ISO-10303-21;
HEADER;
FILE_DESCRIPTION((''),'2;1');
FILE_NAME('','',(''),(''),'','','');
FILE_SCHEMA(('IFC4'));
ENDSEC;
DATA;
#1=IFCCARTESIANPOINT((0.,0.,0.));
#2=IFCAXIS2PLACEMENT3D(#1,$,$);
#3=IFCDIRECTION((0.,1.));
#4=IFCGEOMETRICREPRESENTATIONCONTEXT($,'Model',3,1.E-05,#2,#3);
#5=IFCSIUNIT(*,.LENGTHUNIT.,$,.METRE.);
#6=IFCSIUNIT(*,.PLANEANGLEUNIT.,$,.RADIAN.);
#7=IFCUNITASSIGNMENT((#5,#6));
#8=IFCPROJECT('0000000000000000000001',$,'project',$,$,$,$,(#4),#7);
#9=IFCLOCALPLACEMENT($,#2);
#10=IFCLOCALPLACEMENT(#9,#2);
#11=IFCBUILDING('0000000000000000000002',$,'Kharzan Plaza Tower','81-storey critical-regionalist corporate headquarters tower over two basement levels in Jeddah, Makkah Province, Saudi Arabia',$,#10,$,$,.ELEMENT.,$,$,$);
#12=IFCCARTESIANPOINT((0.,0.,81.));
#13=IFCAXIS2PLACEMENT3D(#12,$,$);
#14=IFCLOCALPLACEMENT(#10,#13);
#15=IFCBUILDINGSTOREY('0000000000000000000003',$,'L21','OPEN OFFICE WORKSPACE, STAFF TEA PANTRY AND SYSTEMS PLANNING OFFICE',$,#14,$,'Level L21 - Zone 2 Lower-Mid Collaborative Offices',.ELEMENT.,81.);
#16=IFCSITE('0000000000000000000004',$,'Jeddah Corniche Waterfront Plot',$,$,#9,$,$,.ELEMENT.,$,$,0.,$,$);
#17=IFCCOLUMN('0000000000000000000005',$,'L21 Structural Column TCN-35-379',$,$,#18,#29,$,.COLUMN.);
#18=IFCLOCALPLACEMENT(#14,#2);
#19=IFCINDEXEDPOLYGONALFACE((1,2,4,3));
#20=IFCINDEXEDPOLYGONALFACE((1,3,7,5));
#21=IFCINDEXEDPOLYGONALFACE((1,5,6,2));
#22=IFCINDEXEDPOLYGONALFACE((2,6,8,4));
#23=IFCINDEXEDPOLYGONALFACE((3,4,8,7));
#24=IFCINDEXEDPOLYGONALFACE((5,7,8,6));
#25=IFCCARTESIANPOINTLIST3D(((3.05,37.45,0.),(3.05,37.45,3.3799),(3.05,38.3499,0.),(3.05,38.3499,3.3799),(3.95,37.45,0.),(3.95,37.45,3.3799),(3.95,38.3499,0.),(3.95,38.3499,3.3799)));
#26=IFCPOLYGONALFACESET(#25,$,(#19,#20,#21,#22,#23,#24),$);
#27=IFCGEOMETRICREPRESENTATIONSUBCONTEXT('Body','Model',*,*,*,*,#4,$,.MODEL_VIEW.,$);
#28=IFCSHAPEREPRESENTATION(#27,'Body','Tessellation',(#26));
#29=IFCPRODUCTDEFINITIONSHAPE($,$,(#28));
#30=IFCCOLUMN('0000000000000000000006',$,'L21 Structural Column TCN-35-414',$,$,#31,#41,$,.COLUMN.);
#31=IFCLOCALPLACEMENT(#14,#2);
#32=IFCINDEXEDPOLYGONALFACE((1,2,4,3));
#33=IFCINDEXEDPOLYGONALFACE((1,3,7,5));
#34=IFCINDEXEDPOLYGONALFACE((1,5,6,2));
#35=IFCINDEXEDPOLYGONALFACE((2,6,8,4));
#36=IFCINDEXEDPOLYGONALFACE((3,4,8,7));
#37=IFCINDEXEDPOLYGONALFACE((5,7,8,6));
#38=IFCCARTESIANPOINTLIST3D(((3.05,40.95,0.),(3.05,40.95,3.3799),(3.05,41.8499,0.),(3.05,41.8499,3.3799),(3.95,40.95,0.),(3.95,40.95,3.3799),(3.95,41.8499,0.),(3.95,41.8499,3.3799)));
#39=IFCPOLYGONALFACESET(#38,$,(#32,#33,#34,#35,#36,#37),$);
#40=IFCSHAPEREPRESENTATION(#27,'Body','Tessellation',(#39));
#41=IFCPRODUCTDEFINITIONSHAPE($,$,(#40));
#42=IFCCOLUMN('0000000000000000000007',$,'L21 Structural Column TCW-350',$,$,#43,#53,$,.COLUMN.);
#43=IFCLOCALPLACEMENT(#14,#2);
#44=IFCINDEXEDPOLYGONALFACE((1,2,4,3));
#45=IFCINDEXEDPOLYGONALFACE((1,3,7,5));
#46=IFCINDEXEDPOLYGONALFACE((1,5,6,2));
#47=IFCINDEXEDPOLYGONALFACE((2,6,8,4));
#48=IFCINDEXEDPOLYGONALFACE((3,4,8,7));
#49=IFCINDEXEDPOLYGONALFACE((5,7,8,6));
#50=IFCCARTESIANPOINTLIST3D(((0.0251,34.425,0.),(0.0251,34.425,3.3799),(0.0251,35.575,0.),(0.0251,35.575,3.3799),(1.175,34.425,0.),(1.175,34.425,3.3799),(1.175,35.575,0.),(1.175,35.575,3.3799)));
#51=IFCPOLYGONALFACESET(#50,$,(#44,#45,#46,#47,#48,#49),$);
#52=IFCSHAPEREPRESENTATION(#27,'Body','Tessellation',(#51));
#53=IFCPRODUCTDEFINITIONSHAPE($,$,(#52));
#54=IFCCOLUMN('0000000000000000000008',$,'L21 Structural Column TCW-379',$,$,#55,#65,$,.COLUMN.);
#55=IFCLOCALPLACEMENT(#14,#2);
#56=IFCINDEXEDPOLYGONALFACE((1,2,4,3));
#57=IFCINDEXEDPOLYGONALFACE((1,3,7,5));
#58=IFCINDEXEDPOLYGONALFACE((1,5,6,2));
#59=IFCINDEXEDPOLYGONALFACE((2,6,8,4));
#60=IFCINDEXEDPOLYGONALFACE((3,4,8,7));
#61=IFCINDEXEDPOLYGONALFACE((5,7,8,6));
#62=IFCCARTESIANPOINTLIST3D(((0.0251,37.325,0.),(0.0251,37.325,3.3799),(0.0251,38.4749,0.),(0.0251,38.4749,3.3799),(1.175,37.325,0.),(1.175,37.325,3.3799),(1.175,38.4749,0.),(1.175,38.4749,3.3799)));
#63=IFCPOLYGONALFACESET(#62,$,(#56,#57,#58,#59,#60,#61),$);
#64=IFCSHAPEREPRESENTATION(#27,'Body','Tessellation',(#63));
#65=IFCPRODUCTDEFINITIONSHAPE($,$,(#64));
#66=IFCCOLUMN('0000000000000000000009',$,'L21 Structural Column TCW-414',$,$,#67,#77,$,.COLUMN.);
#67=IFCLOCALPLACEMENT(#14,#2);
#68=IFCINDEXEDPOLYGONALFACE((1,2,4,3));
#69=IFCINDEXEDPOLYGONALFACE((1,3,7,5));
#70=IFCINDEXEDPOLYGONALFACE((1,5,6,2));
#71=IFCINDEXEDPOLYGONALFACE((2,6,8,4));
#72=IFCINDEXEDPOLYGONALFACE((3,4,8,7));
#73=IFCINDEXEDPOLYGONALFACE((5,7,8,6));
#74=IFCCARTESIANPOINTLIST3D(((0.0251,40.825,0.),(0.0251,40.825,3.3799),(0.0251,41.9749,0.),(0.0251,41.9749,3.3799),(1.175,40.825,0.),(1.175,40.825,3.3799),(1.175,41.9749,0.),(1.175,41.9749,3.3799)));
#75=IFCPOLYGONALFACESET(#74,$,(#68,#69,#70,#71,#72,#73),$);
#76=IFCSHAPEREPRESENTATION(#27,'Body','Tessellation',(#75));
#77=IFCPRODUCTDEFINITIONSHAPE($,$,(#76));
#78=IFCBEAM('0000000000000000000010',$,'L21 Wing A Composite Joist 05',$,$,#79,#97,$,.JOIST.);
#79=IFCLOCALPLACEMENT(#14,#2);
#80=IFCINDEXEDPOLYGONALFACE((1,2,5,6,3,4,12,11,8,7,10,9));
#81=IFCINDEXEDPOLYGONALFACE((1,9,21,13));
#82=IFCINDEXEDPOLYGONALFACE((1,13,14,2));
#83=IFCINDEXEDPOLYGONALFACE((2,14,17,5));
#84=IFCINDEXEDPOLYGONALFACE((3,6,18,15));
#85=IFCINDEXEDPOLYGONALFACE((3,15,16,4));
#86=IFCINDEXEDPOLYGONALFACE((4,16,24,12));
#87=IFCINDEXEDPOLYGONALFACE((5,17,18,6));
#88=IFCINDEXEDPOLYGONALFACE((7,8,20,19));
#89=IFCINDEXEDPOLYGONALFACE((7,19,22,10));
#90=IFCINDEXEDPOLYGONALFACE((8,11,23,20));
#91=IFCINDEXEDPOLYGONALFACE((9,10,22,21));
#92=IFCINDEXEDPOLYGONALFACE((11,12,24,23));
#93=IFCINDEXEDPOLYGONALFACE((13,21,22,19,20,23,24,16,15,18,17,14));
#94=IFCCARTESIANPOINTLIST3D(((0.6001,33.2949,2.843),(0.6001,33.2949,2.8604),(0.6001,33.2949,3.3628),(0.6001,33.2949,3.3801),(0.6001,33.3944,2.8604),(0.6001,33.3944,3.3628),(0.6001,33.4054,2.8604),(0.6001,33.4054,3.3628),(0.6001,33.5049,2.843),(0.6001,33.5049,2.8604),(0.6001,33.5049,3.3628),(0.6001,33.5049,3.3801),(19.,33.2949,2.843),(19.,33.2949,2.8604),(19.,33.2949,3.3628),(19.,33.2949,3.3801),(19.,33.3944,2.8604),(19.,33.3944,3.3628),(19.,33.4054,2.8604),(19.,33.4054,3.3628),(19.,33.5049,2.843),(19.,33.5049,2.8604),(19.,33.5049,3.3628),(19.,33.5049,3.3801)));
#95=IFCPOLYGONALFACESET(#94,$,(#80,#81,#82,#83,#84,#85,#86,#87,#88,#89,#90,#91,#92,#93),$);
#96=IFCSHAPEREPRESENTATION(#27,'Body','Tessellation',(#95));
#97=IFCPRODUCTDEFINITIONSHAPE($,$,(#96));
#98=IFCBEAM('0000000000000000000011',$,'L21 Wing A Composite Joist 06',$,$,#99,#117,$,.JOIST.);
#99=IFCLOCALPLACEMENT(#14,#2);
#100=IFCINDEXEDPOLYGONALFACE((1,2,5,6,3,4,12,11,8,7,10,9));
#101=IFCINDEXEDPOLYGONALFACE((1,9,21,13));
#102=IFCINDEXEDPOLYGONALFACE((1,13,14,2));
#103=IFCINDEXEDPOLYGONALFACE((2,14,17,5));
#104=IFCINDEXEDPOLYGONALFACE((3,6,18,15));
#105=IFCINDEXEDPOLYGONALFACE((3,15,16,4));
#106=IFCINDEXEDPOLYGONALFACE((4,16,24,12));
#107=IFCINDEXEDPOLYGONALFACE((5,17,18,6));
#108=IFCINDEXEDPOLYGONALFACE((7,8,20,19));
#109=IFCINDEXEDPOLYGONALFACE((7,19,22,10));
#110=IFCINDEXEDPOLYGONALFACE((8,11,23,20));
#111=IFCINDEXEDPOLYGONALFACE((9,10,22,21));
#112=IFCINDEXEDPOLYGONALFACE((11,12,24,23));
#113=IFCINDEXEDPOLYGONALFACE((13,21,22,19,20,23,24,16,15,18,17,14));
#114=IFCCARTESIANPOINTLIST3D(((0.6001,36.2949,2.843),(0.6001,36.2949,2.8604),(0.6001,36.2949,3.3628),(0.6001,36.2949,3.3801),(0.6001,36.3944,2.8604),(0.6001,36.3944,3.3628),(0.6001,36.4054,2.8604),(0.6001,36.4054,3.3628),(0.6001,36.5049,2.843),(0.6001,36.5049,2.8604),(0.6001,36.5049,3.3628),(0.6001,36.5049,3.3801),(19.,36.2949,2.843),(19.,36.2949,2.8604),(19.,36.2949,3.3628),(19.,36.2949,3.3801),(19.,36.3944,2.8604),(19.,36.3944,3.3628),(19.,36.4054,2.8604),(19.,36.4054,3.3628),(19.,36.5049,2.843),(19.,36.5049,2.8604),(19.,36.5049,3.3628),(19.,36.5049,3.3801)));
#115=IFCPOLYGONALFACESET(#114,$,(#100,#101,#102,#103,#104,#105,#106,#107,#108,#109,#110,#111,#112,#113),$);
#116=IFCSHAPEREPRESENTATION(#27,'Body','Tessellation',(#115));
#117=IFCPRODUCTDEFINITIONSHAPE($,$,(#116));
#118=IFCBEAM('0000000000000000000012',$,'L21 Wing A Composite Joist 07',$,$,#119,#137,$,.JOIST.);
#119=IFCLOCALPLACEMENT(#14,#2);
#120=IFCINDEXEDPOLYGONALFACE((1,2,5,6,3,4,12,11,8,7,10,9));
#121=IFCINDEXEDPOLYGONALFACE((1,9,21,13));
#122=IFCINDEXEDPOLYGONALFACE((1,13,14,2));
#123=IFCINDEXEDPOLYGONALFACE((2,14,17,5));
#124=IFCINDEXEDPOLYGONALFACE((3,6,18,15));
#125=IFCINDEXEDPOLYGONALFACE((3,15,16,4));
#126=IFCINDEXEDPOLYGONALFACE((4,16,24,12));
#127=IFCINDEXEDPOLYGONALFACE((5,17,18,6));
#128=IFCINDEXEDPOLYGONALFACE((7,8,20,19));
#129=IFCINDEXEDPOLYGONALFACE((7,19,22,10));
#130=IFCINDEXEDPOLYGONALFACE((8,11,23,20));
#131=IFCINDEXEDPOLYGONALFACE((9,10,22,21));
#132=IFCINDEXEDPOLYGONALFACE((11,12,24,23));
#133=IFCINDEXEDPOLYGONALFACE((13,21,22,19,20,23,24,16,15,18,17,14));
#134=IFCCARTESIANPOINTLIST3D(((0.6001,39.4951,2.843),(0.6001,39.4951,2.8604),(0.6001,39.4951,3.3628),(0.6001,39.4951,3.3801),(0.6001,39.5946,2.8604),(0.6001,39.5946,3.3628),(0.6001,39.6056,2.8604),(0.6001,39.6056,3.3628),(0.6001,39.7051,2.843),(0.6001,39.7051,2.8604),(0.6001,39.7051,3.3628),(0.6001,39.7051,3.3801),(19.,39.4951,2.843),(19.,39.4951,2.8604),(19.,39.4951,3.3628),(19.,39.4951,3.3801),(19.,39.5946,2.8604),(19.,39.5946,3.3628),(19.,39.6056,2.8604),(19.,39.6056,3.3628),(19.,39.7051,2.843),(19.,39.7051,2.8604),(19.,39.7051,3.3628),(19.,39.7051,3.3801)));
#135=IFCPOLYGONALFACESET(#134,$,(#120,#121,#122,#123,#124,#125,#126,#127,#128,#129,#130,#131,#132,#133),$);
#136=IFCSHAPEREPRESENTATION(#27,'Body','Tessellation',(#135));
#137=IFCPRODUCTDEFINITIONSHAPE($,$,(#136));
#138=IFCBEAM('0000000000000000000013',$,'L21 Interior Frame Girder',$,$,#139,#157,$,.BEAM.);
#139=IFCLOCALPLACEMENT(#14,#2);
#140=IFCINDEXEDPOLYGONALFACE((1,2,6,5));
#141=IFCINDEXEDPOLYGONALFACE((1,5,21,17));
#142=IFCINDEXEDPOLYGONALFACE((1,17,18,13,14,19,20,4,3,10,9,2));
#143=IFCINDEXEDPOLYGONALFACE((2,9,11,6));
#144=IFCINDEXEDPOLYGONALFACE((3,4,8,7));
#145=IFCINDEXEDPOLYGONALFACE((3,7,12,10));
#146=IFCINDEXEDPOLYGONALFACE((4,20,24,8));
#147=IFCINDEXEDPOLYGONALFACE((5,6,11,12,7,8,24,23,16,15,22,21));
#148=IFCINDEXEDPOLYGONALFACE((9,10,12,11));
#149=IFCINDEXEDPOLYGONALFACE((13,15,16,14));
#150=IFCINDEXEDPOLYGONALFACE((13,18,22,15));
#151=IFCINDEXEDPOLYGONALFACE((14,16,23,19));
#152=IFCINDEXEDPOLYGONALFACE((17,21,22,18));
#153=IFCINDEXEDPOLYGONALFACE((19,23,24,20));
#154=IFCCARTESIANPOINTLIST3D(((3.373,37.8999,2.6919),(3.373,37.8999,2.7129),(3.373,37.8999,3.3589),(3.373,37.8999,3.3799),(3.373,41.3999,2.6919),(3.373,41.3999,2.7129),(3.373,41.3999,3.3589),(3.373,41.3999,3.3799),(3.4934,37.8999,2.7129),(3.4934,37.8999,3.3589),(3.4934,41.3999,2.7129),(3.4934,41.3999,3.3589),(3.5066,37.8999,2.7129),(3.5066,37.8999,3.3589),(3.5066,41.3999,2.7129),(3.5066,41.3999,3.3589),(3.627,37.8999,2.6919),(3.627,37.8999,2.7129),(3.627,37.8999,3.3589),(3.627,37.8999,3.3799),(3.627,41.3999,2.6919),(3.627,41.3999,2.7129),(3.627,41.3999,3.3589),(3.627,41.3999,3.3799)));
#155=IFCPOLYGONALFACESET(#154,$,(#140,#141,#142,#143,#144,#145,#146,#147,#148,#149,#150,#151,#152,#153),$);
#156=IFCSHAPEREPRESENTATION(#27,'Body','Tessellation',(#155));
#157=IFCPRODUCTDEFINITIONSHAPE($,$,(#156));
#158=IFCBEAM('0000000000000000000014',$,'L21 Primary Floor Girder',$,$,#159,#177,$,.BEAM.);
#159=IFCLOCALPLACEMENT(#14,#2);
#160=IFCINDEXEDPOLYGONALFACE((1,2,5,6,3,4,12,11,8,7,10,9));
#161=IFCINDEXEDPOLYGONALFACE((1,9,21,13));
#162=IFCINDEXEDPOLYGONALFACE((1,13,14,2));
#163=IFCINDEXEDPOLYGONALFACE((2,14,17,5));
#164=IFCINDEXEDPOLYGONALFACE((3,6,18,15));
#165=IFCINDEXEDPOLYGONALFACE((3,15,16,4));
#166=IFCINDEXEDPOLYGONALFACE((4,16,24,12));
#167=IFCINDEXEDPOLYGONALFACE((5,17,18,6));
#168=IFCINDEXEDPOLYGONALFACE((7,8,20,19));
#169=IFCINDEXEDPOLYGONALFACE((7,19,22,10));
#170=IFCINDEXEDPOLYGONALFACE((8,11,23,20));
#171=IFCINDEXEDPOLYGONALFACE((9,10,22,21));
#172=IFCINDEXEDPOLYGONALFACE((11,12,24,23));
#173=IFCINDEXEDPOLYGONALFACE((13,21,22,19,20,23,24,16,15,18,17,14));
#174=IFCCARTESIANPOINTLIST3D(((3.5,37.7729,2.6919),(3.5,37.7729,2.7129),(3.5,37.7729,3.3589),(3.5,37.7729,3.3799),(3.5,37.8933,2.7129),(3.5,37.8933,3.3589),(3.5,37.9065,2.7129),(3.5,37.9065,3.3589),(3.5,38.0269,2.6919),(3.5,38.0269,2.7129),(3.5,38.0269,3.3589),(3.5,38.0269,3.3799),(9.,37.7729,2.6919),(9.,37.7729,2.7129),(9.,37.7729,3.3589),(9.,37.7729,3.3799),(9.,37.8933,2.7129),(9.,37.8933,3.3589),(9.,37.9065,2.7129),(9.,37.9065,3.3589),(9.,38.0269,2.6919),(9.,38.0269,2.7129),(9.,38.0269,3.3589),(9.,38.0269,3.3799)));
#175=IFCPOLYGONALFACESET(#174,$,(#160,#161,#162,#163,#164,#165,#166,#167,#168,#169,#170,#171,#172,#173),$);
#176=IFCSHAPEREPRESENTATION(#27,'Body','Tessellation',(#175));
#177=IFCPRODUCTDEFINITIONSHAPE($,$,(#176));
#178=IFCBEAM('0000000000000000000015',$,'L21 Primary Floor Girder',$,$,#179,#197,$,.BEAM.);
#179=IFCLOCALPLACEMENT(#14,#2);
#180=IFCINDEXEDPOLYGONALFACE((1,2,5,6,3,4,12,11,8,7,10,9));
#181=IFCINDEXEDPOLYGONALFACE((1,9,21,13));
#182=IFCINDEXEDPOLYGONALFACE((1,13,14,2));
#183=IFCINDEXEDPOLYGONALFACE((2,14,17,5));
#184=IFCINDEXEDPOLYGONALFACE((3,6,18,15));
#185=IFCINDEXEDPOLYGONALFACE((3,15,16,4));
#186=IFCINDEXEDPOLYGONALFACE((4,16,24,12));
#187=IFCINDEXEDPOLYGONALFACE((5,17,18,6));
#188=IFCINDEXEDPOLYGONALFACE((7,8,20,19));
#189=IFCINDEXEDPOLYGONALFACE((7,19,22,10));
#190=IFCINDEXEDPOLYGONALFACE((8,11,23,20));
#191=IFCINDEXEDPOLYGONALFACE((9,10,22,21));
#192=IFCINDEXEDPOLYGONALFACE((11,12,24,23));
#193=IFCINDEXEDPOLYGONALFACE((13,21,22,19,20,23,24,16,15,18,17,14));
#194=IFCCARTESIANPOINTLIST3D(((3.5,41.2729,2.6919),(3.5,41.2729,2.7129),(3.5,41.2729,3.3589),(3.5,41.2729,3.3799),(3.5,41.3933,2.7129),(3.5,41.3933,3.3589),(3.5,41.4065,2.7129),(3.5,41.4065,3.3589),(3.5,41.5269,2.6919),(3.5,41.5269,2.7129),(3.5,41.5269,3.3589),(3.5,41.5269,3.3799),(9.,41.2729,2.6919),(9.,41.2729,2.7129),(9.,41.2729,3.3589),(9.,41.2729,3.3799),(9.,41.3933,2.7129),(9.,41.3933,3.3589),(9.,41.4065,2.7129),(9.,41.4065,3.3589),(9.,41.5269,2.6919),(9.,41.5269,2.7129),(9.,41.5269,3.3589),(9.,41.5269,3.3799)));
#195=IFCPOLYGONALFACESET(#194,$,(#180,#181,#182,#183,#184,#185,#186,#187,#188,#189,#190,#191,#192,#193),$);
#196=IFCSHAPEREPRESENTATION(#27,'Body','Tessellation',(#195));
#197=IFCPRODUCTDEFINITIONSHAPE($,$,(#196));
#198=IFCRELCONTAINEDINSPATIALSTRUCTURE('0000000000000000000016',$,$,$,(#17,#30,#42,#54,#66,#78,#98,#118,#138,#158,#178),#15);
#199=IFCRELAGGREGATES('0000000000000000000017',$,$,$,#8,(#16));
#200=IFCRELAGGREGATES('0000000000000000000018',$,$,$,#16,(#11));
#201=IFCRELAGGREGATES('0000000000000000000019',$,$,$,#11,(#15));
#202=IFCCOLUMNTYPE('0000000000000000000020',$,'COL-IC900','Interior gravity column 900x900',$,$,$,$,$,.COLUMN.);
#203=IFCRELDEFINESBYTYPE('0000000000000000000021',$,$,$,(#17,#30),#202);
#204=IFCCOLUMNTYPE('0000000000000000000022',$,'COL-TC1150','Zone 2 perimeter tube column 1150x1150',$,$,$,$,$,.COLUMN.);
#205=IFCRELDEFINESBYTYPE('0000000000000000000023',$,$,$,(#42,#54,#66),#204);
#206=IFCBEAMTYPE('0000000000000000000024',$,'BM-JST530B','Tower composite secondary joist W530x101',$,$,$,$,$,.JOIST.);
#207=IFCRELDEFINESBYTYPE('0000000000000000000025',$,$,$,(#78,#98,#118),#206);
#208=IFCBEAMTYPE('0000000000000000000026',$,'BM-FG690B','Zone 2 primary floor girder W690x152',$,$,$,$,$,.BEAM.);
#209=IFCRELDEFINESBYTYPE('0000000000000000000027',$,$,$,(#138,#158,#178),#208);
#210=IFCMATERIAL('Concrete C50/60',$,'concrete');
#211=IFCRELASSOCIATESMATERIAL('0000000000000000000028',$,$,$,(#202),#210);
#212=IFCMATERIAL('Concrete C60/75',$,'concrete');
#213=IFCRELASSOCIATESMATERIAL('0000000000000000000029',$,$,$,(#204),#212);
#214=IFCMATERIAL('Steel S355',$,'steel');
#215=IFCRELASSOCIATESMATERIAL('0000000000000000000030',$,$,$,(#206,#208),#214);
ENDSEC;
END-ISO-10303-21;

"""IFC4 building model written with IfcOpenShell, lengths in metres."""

from ifc_helpers import new_model, si_unit, direction, frame, origin, origin_2d, place, context, subcontext, project, spatial, rectangle, i_section, extrude, source, transform, mapped, material, material_profile, profile_set, type_object, element, save


model = new_model("IFC4")

# Units and contexts
model_context = context("Model", 3, precision=1e-05, world=origin(), true_north=direction((0.0, 1.0)))
body_context = subcontext(model_context, "Body", "Model", "MODEL_VIEW")
ifc_project = project(units=[si_unit("LENGTHUNIT", "METRE"), si_unit("PLANEANGLEUNIT", "RADIAN")], contexts=[model_context])

# Site, building, storey
site_placement = place(None, origin())
site = spatial("IfcSite", under=ifc_project, at=site_placement, Name="Jeddah Corniche Waterfront Plot", CompositionType="ELEMENT", RefElevation=0.0)
building_placement = place(site_placement, origin())
building = spatial("IfcBuilding", under=site, at=building_placement, Name="Kharzan Plaza Tower", Description="81-storey critical-regionalist corporate headquarters tower over two basement levels in Jeddah, Makkah Province, Saudi Arabia", CompositionType="ELEMENT")
storey_placement = place(building_placement, frame((0.0, 0.0, 81.0)))
storey = spatial("IfcBuildingStorey", under=building, at=storey_placement, Name="L21", Description="OPEN OFFICE WORKSPACE, STAFF TEA PANTRY AND SYSTEMS PLANNING OFFICE", LongName="Level L21 - Zone 2 Lower-Mid Collaborative Offices", CompositionType="ELEMENT", Elevation=81.0)

# Columns
ifc_material_1 = material(Name="Concrete C50/60", Category="concrete")
ifc_material_profile_1 = material_profile(ifc_material_1, rectangle(XDim=0.8999, YDim=0.8999, at=origin_2d()), Name="RC-IC900x900")
ifc_profile_set_1 = profile_set([ifc_material_profile_1], Name="Concrete C50/60")
column_type_1 = type_object("IfcColumnType", Name="COL-IC900", Description="Interior gravity column 900x900", PredefinedType="COLUMN", material=ifc_profile_set_1)
shared_shape_1 = source(origin(), body_context, "Body", "SweptSolid", [
    extrude(rectangle(XDim=0.8999, YDim=0.8999, at=origin_2d()), origin(), (0.0, 0.0, 1.0), 3.3799),
])
for number, where, z_axis, x_axis, name in (
    (1, (3.5, 37.8999, 0.0), (0.0, 0.0, 1.0), (1.0, 0.0, 0.0), "L21 Structural Column TCN-35-379"),
    (2, (3.5, 41.3999, 0.0), (0.0, 0.0, 1.0), (1.0, 0.0, 0.0), "L21 Structural Column TCN-35-414"),
):
    element("IfcColumn", number, at=place(storey_placement, frame(where, z_axis=z_axis, x_axis=x_axis)), inside=storey, type_object=column_type_1, Name=name, PredefinedType="COLUMN", context=body_context, shape_type="MappedRepresentation", body=[
        mapped(shared_shape_1, transform((0.0, 0.0, 0.0), x_axis=(1.0, 0.0, 0.0), y_axis=(0.0, 1.0, 0.0), z_axis=(0.0, 0.0, 1.0))),
    ])
ifc_material_2 = material(Name="Concrete C60/75", Category="concrete")
ifc_material_profile_2 = material_profile(ifc_material_2, rectangle(XDim=1.1499, YDim=1.1499, at=origin_2d()), Name="RC-TC1150x1150")
ifc_profile_set_2 = profile_set([ifc_material_profile_2], Name="Concrete C60/75")
column_type_2 = type_object("IfcColumnType", Name="COL-TC1150", Description="Zone 2 perimeter tube column 1150x1150", PredefinedType="COLUMN", material=ifc_profile_set_2)
shared_shape_2 = source(origin(), body_context, "Body", "SweptSolid", [
    extrude(rectangle(XDim=1.1499, YDim=1.1499, at=origin_2d()), origin(), (0.0, 0.0, 1.0), 3.3799),
])
for number, where, z_axis, x_axis, name in (
    (3, (0.6001, 35.0, 0.0), (0.0, 0.0, 1.0), (1.0, 0.0, 0.0), "L21 Structural Column TCW-350"),
    (4, (0.6001, 37.8999, 0.0), (0.0, 0.0, 1.0), (1.0, 0.0, 0.0), "L21 Structural Column TCW-379"),
    (5, (0.6001, 41.3999, 0.0), (0.0, 0.0, 1.0), (1.0, 0.0, 0.0), "L21 Structural Column TCW-414"),
):
    element("IfcColumn", number, at=place(storey_placement, frame(where, z_axis=z_axis, x_axis=x_axis)), inside=storey, type_object=column_type_2, Name=name, PredefinedType="COLUMN", context=body_context, shape_type="MappedRepresentation", body=[
        mapped(shared_shape_2, transform((0.0, 0.0, 0.0), x_axis=(1.0, 0.0, 0.0), y_axis=(0.0, 1.0, 0.0), z_axis=(0.0, 0.0, 1.0))),
    ])

# Beams
ifc_material_3 = material(Name="Steel S355", Category="steel")
ifc_material_profile_3 = material_profile(ifc_material_3, i_section(OverallWidth=0.21, OverallDepth=0.5371, WebThickness=0.011, FlangeThickness=0.0173, at=origin_2d()), Name="W530x101")
ifc_profile_set_3 = profile_set([ifc_material_profile_3], Name="Steel S355")
beam_type_1 = type_object("IfcBeamType", Name="BM-JST530B", Description="Tower composite secondary joist W530x101", PredefinedType="JOIST", material=ifc_profile_set_3)
shared_shape_3 = source(origin(), body_context, "Body", "SweptSolid", [
    extrude(i_section(OverallWidth=0.21, OverallDepth=0.5371, WebThickness=0.011, FlangeThickness=0.0173, at=origin_2d()), origin(), (0.0, 0.0, 1.0), 18.3999),
])
for number, where, z_axis, x_axis, name in (
    (6, (0.6001, 33.3999, 3.1116), (1.0, 0.0, 0.0), (0.0, 1.0, 0.0), "L21 Wing A Composite Joist 05"),
    (7, (0.6001, 36.3999, 3.1116), (1.0, 0.0, 0.0), (0.0, 1.0, 0.0), "L21 Wing A Composite Joist 06"),
    (8, (0.6001, 39.6001, 3.1116), (1.0, 0.0, 0.0), (0.0, 1.0, 0.0), "L21 Wing A Composite Joist 07"),
):
    element("IfcBeam", number, at=place(storey_placement, frame(where, z_axis=z_axis, x_axis=x_axis)), inside=storey, type_object=beam_type_1, Name=name, PredefinedType="JOIST", context=body_context, shape_type="MappedRepresentation", body=[
        mapped(shared_shape_3, transform((0.0, 0.0, 0.0), x_axis=(1.0, 0.0, 0.0), y_axis=(0.0, 1.0, 0.0), z_axis=(0.0, 0.0, 1.0))),
    ])
ifc_material_profile_4 = material_profile(ifc_material_3, i_section(OverallWidth=0.2539, OverallDepth=0.688, WebThickness=0.0132, FlangeThickness=0.021, at=origin_2d()), Name="W690x152")
ifc_profile_set_4 = profile_set([ifc_material_profile_4], Name="Steel S355")
beam_type_2 = type_object("IfcBeamType", Name="BM-FG690B", Description="Zone 2 primary floor girder W690x152", PredefinedType="BEAM", material=ifc_profile_set_4)
shared_shape_4 = source(origin(), body_context, "Body", "SweptSolid", [
    extrude(i_section(OverallWidth=0.2539, OverallDepth=0.688, WebThickness=0.0132, FlangeThickness=0.021, at=origin_2d()), origin(), (0.0, 0.0, 1.0), 3.5),
])
beam_1_placement = place(storey_placement, frame((3.5, 37.8999, 3.0359), z_axis=(0.0, 1.0, 0.0), x_axis=(-1.0, 0.0, 0.0)))
element("IfcBeam", 9, at=beam_1_placement, inside=storey, type_object=beam_type_2, Name="L21 Interior Frame Girder", PredefinedType="BEAM", context=body_context, shape_type="MappedRepresentation", body=[
    mapped(shared_shape_4, transform((0.0, 0.0, 0.0), x_axis=(1.0, 0.0, 0.0), y_axis=(0.0, 1.0, 0.0), z_axis=(0.0, 0.0, 1.0))),
])
shared_shape_5 = source(origin(), body_context, "Body", "SweptSolid", [
    extrude(i_section(OverallWidth=0.2539, OverallDepth=0.688, WebThickness=0.0132, FlangeThickness=0.021, at=origin_2d()), origin(), (0.0, 0.0, 1.0), 5.5),
])
for number, where, z_axis, x_axis, name in (
    (10, (3.5, 37.8999, 3.0359), (1.0, 0.0, 0.0), (0.0, 1.0, 0.0), "L21 Primary Floor Girder"),
    (11, (3.5, 41.3999, 3.0359), (1.0, 0.0, 0.0), (0.0, 1.0, 0.0), "L21 Primary Floor Girder"),
):
    element("IfcBeam", number, at=place(storey_placement, frame(where, z_axis=z_axis, x_axis=x_axis)), inside=storey, type_object=beam_type_2, Name=name, PredefinedType="BEAM", context=body_context, shape_type="MappedRepresentation", body=[
        mapped(shared_shape_5, transform((0.0, 0.0, 0.0), x_axis=(1.0, 0.0, 0.0), y_axis=(0.0, 1.0, 0.0), z_axis=(0.0, 0.0, 1.0))),
    ])

save(model, "model.ifc")
